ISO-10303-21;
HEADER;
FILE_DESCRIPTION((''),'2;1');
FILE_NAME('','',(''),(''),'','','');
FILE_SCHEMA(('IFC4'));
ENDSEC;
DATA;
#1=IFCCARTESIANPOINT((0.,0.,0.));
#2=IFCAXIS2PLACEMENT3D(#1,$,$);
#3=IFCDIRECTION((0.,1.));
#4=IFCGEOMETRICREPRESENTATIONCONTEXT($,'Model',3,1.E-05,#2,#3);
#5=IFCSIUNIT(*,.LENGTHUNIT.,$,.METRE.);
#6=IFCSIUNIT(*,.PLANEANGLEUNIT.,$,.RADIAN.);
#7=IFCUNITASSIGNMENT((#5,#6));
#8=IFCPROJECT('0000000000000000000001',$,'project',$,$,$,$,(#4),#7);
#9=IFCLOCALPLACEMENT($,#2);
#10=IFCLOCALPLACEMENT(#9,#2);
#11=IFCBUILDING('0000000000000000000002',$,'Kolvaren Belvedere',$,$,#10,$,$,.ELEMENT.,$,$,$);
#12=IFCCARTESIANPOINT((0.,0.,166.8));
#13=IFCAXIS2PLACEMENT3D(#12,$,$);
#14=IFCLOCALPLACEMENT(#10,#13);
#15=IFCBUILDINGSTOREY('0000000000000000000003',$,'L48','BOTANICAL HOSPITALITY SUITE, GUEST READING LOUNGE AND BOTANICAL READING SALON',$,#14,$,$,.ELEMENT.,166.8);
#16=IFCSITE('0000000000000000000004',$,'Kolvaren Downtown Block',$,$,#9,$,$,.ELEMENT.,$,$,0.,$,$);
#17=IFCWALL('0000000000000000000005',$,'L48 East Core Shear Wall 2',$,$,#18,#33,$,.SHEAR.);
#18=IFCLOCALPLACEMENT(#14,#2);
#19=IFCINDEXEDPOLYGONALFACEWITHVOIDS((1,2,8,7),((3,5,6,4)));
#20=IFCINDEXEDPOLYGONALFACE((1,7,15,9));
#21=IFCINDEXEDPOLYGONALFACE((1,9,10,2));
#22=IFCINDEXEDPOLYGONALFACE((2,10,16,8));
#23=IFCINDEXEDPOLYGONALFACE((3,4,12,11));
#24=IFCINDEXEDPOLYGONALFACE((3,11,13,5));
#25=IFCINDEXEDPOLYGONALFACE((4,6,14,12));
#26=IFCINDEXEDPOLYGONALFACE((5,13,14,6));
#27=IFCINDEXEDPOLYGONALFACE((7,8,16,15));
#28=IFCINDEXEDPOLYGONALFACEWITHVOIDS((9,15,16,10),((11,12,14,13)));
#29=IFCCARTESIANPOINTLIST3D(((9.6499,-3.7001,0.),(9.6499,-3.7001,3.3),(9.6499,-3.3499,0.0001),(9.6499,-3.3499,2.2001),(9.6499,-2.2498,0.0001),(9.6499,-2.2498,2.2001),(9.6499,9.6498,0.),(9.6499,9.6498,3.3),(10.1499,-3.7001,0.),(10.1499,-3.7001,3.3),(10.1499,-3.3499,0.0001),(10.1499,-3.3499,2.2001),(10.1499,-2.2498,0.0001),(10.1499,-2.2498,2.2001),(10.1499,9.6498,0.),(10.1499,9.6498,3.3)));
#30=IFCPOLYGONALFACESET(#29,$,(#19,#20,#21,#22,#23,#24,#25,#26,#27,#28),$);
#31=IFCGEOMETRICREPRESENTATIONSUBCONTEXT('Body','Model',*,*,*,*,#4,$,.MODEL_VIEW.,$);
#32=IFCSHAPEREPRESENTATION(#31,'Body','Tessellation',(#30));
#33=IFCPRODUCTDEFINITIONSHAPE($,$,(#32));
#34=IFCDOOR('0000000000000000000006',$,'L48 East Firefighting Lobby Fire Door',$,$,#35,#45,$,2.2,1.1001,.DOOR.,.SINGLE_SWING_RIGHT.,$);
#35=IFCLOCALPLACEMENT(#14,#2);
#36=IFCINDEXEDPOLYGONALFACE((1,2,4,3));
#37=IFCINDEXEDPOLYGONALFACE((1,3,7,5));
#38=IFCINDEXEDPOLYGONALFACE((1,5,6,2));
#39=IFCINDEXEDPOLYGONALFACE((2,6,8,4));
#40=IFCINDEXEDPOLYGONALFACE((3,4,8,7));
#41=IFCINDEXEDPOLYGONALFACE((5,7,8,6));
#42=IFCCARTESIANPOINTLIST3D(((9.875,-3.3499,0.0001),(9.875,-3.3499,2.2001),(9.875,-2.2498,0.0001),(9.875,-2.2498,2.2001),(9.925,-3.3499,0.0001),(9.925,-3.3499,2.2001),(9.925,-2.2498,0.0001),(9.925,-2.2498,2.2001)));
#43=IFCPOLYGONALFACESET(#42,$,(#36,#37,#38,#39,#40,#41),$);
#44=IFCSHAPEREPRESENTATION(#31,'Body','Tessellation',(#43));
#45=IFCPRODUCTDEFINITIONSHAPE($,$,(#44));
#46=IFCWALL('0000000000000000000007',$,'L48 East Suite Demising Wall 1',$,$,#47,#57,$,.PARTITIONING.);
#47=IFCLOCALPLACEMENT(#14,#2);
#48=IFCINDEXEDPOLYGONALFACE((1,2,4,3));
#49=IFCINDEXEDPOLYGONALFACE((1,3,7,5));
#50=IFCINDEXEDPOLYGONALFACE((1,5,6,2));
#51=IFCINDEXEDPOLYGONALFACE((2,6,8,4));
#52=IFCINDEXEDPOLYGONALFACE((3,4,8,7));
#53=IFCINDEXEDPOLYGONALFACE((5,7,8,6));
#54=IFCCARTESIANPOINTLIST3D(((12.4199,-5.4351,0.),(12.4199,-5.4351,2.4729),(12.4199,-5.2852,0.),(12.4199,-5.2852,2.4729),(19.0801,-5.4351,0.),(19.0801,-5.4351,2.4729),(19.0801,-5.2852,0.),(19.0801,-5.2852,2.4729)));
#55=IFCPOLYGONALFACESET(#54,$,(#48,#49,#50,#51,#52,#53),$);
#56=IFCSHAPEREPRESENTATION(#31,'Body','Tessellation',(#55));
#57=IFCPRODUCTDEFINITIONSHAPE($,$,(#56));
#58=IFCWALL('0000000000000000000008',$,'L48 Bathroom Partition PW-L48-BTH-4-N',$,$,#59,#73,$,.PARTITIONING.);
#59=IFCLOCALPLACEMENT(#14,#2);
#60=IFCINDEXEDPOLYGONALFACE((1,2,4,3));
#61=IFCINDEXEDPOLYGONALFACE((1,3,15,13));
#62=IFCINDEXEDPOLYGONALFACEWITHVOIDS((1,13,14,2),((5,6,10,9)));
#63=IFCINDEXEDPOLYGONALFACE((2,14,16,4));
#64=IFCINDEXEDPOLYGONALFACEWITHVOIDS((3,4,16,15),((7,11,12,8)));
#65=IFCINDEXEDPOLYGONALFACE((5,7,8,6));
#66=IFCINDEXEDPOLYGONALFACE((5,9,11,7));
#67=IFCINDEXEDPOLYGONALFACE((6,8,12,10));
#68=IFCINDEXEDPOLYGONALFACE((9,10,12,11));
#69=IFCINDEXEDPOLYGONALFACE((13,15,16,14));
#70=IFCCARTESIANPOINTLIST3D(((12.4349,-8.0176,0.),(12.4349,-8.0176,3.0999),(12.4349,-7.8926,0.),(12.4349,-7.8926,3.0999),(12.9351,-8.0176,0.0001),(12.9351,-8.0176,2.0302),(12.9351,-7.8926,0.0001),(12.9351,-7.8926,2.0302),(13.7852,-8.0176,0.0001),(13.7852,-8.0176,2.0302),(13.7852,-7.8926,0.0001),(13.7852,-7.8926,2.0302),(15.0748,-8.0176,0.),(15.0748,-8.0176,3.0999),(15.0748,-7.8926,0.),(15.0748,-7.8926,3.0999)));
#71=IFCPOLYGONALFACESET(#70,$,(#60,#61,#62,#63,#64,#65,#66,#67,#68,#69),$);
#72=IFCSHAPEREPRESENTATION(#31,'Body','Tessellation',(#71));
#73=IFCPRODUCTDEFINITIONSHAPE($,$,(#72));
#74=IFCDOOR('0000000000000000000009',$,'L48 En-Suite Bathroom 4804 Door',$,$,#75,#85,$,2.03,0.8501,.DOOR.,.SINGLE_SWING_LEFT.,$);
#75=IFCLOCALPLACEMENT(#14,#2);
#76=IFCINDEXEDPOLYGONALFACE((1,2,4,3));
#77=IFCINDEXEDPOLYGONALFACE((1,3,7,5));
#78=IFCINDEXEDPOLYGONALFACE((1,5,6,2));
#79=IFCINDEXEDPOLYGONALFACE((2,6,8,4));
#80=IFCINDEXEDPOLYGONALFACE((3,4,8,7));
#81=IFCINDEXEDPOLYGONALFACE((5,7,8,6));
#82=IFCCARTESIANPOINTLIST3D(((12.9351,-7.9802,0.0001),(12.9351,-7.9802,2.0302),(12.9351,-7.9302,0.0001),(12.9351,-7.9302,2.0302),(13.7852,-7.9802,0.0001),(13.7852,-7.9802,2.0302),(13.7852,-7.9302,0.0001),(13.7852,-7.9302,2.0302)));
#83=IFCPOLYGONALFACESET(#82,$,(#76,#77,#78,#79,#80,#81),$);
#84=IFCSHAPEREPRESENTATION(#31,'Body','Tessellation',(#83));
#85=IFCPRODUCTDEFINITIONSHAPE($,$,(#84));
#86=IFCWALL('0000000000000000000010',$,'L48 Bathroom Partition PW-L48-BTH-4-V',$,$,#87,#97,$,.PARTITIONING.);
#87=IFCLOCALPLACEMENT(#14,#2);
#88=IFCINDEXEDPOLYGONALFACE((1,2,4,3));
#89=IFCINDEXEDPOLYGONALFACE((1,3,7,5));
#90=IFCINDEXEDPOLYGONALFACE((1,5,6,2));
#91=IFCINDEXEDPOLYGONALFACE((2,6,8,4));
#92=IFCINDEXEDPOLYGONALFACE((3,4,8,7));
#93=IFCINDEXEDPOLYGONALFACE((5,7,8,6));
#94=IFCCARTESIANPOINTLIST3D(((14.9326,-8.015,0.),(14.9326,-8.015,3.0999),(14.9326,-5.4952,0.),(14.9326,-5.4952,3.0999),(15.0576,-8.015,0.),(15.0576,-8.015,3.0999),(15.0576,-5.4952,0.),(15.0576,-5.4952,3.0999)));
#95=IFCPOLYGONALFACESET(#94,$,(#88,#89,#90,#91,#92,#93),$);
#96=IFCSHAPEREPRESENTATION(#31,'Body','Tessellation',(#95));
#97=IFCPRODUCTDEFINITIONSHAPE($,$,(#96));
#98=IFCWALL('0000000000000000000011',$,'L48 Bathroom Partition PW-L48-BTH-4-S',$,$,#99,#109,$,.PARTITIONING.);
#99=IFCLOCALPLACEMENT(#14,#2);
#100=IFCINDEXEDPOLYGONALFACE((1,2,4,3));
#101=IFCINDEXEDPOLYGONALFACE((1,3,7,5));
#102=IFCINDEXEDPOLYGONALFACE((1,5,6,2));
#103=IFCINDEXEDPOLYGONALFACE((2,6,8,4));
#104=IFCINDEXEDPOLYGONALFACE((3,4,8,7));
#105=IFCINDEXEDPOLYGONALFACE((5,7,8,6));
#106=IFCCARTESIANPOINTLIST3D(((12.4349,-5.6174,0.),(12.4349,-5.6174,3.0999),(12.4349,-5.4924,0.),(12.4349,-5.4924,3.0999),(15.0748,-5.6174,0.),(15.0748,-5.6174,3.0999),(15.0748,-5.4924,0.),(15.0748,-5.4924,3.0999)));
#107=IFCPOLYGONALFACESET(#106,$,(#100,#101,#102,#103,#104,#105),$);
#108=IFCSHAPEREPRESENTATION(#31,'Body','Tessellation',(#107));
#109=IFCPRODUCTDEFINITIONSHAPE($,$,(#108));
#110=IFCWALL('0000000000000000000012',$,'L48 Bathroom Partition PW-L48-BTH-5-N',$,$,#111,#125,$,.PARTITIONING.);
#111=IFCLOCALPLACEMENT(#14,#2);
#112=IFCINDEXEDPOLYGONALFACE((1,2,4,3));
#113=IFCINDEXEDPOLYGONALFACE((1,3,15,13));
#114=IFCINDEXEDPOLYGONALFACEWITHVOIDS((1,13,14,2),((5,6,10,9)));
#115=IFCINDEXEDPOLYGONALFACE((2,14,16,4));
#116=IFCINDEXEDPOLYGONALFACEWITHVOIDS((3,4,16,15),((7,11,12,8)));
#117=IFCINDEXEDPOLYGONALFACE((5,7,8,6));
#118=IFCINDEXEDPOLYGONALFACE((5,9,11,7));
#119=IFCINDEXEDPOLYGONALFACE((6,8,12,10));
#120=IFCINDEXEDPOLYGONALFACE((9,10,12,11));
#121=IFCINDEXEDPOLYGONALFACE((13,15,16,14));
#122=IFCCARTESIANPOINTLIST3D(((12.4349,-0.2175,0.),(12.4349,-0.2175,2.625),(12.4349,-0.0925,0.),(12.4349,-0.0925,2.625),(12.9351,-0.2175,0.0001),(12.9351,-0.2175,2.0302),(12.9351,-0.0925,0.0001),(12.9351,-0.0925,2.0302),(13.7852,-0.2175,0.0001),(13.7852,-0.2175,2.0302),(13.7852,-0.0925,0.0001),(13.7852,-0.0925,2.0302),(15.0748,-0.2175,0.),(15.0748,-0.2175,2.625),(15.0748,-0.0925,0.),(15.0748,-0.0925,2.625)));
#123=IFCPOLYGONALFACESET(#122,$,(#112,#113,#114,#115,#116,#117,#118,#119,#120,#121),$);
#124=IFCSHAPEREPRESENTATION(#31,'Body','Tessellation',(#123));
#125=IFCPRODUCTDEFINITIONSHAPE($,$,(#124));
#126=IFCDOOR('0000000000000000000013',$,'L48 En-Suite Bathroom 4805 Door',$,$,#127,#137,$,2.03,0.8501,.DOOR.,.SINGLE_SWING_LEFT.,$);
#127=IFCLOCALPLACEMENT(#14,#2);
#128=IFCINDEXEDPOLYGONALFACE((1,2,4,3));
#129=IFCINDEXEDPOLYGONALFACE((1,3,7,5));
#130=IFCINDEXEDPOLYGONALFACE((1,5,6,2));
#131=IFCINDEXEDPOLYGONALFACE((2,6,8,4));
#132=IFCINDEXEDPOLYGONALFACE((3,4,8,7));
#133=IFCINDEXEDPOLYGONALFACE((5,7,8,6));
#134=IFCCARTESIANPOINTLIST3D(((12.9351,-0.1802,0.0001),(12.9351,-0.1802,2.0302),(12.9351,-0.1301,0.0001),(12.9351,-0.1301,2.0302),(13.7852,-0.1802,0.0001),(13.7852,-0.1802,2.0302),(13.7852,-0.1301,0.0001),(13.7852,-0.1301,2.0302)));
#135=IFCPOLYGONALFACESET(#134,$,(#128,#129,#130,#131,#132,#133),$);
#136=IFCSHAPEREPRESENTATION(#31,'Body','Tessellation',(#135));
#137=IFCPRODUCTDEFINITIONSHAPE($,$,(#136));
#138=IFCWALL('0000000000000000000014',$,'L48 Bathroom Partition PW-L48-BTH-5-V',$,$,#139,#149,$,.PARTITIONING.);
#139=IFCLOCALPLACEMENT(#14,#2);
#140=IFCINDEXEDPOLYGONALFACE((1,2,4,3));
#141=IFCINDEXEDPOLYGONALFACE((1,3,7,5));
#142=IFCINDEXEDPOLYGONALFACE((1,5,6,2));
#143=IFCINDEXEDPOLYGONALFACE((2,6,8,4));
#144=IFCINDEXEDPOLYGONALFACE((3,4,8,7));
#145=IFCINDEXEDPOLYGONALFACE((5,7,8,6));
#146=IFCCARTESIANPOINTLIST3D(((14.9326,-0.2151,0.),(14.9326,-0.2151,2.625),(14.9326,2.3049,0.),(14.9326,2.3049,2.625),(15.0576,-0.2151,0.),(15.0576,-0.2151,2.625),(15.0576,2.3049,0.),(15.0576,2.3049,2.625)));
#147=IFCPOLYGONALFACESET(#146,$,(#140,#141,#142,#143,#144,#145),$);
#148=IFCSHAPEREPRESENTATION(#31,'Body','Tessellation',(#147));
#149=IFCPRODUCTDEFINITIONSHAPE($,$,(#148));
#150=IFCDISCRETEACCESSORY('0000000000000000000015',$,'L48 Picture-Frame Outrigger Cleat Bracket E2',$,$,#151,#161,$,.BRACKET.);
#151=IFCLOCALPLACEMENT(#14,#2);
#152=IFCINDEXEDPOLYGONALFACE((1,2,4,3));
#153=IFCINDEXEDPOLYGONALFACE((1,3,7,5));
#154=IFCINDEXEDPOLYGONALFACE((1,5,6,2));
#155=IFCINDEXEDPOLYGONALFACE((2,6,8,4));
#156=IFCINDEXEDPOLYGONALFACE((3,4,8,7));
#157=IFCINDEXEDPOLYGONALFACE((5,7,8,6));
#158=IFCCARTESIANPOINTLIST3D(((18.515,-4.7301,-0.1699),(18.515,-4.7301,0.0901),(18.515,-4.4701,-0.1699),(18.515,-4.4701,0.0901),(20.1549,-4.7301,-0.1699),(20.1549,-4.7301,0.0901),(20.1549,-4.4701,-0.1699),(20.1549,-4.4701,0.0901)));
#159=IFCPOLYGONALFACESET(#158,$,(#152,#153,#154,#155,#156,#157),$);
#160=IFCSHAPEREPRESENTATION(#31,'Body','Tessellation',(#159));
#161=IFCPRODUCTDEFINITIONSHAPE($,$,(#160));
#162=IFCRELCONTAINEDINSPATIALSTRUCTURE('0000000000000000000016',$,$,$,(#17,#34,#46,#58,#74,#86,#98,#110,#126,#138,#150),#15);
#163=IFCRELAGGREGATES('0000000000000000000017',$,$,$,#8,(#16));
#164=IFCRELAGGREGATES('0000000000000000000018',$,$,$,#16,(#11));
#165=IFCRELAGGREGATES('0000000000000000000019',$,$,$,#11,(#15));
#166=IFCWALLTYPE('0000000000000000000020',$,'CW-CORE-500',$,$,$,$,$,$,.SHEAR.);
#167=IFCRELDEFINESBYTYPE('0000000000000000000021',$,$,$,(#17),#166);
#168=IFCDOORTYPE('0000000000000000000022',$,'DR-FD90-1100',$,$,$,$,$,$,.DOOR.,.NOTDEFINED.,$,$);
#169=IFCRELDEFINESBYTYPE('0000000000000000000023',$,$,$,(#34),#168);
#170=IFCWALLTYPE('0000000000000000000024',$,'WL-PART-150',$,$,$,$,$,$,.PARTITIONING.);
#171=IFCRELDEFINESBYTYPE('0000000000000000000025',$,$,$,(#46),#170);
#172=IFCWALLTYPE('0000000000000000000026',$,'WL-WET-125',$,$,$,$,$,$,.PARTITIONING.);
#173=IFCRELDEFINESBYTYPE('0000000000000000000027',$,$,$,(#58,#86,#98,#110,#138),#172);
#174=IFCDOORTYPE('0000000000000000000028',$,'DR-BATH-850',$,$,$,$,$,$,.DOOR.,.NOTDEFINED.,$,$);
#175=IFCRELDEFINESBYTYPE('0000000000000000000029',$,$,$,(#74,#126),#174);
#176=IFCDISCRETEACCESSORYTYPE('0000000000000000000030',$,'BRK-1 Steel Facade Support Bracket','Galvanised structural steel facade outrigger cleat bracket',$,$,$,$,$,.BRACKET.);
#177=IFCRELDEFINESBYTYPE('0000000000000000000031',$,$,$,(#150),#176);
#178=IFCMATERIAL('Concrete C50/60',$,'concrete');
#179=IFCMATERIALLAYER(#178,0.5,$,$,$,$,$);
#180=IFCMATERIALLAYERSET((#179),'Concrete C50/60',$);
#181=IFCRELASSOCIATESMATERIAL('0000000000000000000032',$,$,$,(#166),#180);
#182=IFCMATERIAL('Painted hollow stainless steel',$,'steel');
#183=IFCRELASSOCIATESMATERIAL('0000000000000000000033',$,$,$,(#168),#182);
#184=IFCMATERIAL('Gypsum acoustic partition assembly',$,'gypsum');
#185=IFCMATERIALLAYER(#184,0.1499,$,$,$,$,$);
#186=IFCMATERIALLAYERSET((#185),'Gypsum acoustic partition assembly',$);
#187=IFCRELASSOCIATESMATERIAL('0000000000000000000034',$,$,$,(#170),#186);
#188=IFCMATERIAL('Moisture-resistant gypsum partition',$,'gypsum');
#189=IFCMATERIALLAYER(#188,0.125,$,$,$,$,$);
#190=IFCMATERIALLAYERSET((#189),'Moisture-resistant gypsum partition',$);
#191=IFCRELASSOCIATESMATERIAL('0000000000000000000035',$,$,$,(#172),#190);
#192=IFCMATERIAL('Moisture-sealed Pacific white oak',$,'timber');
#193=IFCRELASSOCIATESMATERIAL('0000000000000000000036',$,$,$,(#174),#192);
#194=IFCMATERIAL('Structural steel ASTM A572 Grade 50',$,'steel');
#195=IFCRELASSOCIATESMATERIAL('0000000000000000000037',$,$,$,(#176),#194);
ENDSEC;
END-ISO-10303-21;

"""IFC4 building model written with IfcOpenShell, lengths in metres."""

from ifc_helpers import new_model, si_unit, direction, frame, frame_2d, origin, origin_2d, place, context, subcontext, project, spatial, rectangle, extrude, material, layer, layer_set, type_object, element, fill, save


model = new_model("IFC4")

# Units and contexts
model_context = context("Model", 3, precision=1e-05, world=origin(), true_north=direction((0.0, 1.0)))
body_context = subcontext(model_context, "Body", "Model", "MODEL_VIEW")
ifc_project = project(units=[si_unit("LENGTHUNIT", "METRE"), si_unit("PLANEANGLEUNIT", "RADIAN")], contexts=[model_context])

# Site, building, storey
site_placement = place(None, origin())
site = spatial("IfcSite", under=ifc_project, at=site_placement, Name="Kolvaren Downtown Block", CompositionType="ELEMENT", RefElevation=0.0)
building_placement = place(site_placement, origin())
building = spatial("IfcBuilding", under=site, at=building_placement, Name="Kolvaren Belvedere", CompositionType="ELEMENT")
storey_placement = place(building_placement, frame((0.0, 0.0, 166.8)))
storey = spatial("IfcBuildingStorey", under=building, at=storey_placement, Name="L48", Description="BOTANICAL HOSPITALITY SUITE, GUEST READING LOUNGE AND BOTANICAL READING SALON", CompositionType="ELEMENT", Elevation=166.8)

# Shared definitions
ifc_material_1 = material(Name="Concrete C50/60", Category="concrete")
ifc_layer_1 = layer(ifc_material_1, 0.5)
ifc_layer_set_1 = layer_set([ifc_layer_1], Name="Concrete C50/60")
wall_type_1 = type_object("IfcWallType", Name="CW-CORE-500", PredefinedType="SHEAR", material=ifc_layer_set_1)

# Wall, opening, door
wall_1_placement = place(storey_placement, frame((9.8999, -3.7, 0.0), z_axis=(0.0, 0.0, 1.0), x_axis=(0.0, 1.0, 0.0)))
wall_1 = element("IfcWall", 1, at=wall_1_placement, inside=storey, type_object=wall_type_1, Name="L48 East Core Shear Wall 2", PredefinedType="SHEAR", context=body_context, shape_type="SweptSolid", body=[
    extrude(rectangle(XDim=13.3499, YDim=0.5, at=frame_2d((6.6748, 0.0))), origin(), (0.0, 0.0, 1.0), 3.3),
])
opening_1_placement = place(wall_1_placement, frame((0.3501, 0.0, 0.0)))
opening_1 = element("IfcOpeningElement", 2, at=opening_1_placement, cuts=wall_1, PredefinedType="OPENING", context=body_context, shape_type="SweptSolid", body=[
    extrude(rectangle(XDim=1.1001, YDim=2.2, at=frame_2d((0.55, 1.1001))), frame((0.0, 0.26, 0.0), z_axis=(0.0, -1.0, 0.0), x_axis=(1.0, 0.0, 0.0)), (0.0, 0.0, 1.0), 0.52),
])
ifc_material_2 = material(Name="Painted hollow stainless steel", Category="steel")
door_type_1 = type_object("IfcDoorType", Name="DR-FD90-1100", OperationType="NOTDEFINED", PredefinedType="DOOR", material=ifc_material_2)
door_1_placement = place(opening_1_placement, origin())
door_1 = element("IfcDoor", 3, at=door_1_placement, inside=storey, type_object=door_type_1, Name="L48 East Firefighting Lobby Fire Door", OperationType="SINGLE_SWING_RIGHT", OverallHeight=2.2, OverallWidth=1.1001, PredefinedType="DOOR", context=body_context, shape_type="SweptSolid", body=[
    extrude(rectangle(XDim=1.1001, YDim=2.2, at=frame_2d((0.55, 1.1001))), frame((0.0, 0.0249, 0.0), z_axis=(0.0, -1.0, 0.0), x_axis=(1.0, 0.0, 0.0)), (0.0, 0.0, 1.0), 0.05),
])
fill(opening_1, door_1)

# Wall
ifc_material_3 = material(Name="Gypsum acoustic partition assembly", Category="gypsum")
ifc_layer_2 = layer(ifc_material_3, 0.1499)
ifc_layer_set_2 = layer_set([ifc_layer_2], Name="Gypsum acoustic partition assembly")
wall_type_2 = type_object("IfcWallType", Name="WL-PART-150", PredefinedType="PARTITIONING", material=ifc_layer_set_2)
wall_2_placement = place(storey_placement, frame((12.4199, -5.3601, 0.0), z_axis=(0.0, 0.0, 1.0), x_axis=(1.0, 0.0, 0.0)))
element("IfcWall", 4, at=wall_2_placement, inside=storey, type_object=wall_type_2, Name="L48 East Suite Demising Wall 1", PredefinedType="PARTITIONING", context=body_context, shape_type="SweptSolid", body=[
    extrude(rectangle(XDim=6.6602, YDim=0.1499, at=frame_2d((3.3301, 0.0))), origin(), (0.0, 0.0, 1.0), 2.4729),
])

# Wall, opening, door
ifc_material_4 = material(Name="Moisture-resistant gypsum partition", Category="gypsum")
ifc_layer_3 = layer(ifc_material_4, 0.125)
ifc_layer_set_3 = layer_set([ifc_layer_3], Name="Moisture-resistant gypsum partition")
wall_type_3 = type_object("IfcWallType", Name="WL-WET-125", PredefinedType="PARTITIONING", material=ifc_layer_set_3)
wall_3_placement = place(storey_placement, frame((12.4351, -7.9551, 0.0), z_axis=(0.0, 0.0, 1.0), x_axis=(1.0, 0.0, 0.0)))
wall_3 = element("IfcWall", 5, at=wall_3_placement, inside=storey, type_object=wall_type_3, Name="L48 Bathroom Partition PW-L48-BTH-4-N", PredefinedType="PARTITIONING", context=body_context, shape_type="SweptSolid", body=[
    extrude(rectangle(XDim=2.6399, YDim=0.125, at=frame_2d((1.3198, 0.0))), origin(), (0.0, 0.0, 1.0), 3.0999),
])
opening_2_placement = place(wall_3_placement, frame((0.5, 0.0, 0.0)))
opening_2 = element("IfcOpeningElement", 6, at=opening_2_placement, cuts=wall_3, PredefinedType="OPENING", context=body_context, shape_type="SweptSolid", body=[
    extrude(rectangle(XDim=0.8501, YDim=2.03, at=frame_2d((0.425, 1.0151))), frame((0.0, 0.0725, 0.0), z_axis=(0.0, -1.0, 0.0), x_axis=(1.0, 0.0, 0.0)), (0.0, 0.0, 1.0), 0.145),
])
ifc_material_5 = material(Name="Moisture-sealed Pacific white oak", Category="timber")
door_type_2 = type_object("IfcDoorType", Name="DR-BATH-850", OperationType="NOTDEFINED", PredefinedType="DOOR", material=ifc_material_5)
door_2_placement = place(opening_2_placement, origin())
door_2 = element("IfcDoor", 7, at=door_2_placement, inside=storey, type_object=door_type_2, Name="L48 En-Suite Bathroom 4804 Door", OperationType="SINGLE_SWING_LEFT", OverallHeight=2.03, OverallWidth=0.8501, PredefinedType="DOOR", context=body_context, shape_type="SweptSolid", body=[
    extrude(rectangle(XDim=0.8501, YDim=2.03, at=frame_2d((0.425, 1.0151))), frame((0.0, 0.0249, 0.0), z_axis=(0.0, -1.0, 0.0), x_axis=(1.0, 0.0, 0.0)), (0.0, 0.0, 1.0), 0.05),
])
fill(opening_2, door_2)

# Walls
wall_4_placement = place(storey_placement, frame((14.9951, -8.0149, 0.0), z_axis=(0.0, 0.0, 1.0), x_axis=(0.0, 1.0, 0.0)))
element("IfcWall", 8, at=wall_4_placement, inside=storey, type_object=wall_type_3, Name="L48 Bathroom Partition PW-L48-BTH-4-V", PredefinedType="PARTITIONING", context=body_context, shape_type="SweptSolid", body=[
    extrude(rectangle(XDim=2.5198, YDim=0.125, at=frame_2d((1.2598, 0.0))), origin(), (0.0, 0.0, 1.0), 3.0999),
])
wall_5_placement = place(storey_placement, frame((12.4351, -5.5549, 0.0), z_axis=(0.0, 0.0, 1.0), x_axis=(1.0, 0.0, 0.0)))
element("IfcWall", 9, at=wall_5_placement, inside=storey, type_object=wall_type_3, Name="L48 Bathroom Partition PW-L48-BTH-4-S", PredefinedType="PARTITIONING", context=body_context, shape_type="SweptSolid", body=[
    extrude(rectangle(XDim=2.6399, YDim=0.125, at=frame_2d((1.3198, 0.0))), origin(), (0.0, 0.0, 1.0), 3.0999),
])

# Wall, opening, door
wall_6_placement = place(storey_placement, frame((12.4351, -0.155, 0.0), z_axis=(0.0, 0.0, 1.0), x_axis=(1.0, 0.0, 0.0)))
wall_6 = element("IfcWall", 10, at=wall_6_placement, inside=storey, type_object=wall_type_3, Name="L48 Bathroom Partition PW-L48-BTH-5-N", PredefinedType="PARTITIONING", context=body_context, shape_type="SweptSolid", body=[
    extrude(rectangle(XDim=2.6399, YDim=0.125, at=frame_2d((1.3198, 0.0))), origin(), (0.0, 0.0, 1.0), 2.625),
])
opening_3_placement = place(wall_6_placement, frame((0.5, 0.0, 0.0)))
opening_3 = element("IfcOpeningElement", 11, at=opening_3_placement, cuts=wall_6, PredefinedType="OPENING", context=body_context, shape_type="SweptSolid", body=[
    extrude(rectangle(XDim=0.8501, YDim=2.03, at=frame_2d((0.425, 1.0151))), frame((0.0, 0.0725, 0.0), z_axis=(0.0, -1.0, 0.0), x_axis=(1.0, 0.0, 0.0)), (0.0, 0.0, 1.0), 0.145),
])
door_3_placement = place(opening_3_placement, origin())
door_3 = element("IfcDoor", 12, at=door_3_placement, inside=storey, type_object=door_type_2, Name="L48 En-Suite Bathroom 4805 Door", OperationType="SINGLE_SWING_LEFT", OverallHeight=2.03, OverallWidth=0.8501, PredefinedType="DOOR", context=body_context, shape_type="SweptSolid", body=[
    extrude(rectangle(XDim=0.8501, YDim=2.03, at=frame_2d((0.425, 1.0151))), frame((0.0, 0.0249, 0.0), z_axis=(0.0, -1.0, 0.0), x_axis=(1.0, 0.0, 0.0)), (0.0, 0.0, 1.0), 0.05),
])
fill(opening_3, door_3)

# Wall
wall_7_placement = place(storey_placement, frame((14.9951, -0.2151, 0.0), z_axis=(0.0, 0.0, 1.0), x_axis=(0.0, 1.0, 0.0)))
element("IfcWall", 13, at=wall_7_placement, inside=storey, type_object=wall_type_3, Name="L48 Bathroom Partition PW-L48-BTH-5-V", PredefinedType="PARTITIONING", context=body_context, shape_type="SweptSolid", body=[
    extrude(rectangle(XDim=2.52, YDim=0.125, at=frame_2d((1.26, 0.0))), origin(), (0.0, 0.0, 1.0), 2.625),
])

# Discrete accessory
ifc_material_6 = material(Name="Structural steel ASTM A572 Grade 50", Category="steel")
discrete_accessory_type = type_object("IfcDiscreteAccessoryType", Name="BRK-1 Steel Facade Support Bracket", Description="Galvanised structural steel facade outrigger cleat bracket", PredefinedType="BRACKET", material=ifc_material_6)
discrete_accessory_placement = place(storey_placement, frame((19.335, -4.6001, -0.1699), z_axis=(0.0, 0.0, 1.0), x_axis=(1.0, 0.0, 0.0)))
element("IfcDiscreteAccessory", 14, at=discrete_accessory_placement, inside=storey, type_object=discrete_accessory_type, Name="L48 Picture-Frame Outrigger Cleat Bracket E2", PredefinedType="BRACKET", context=body_context, shape_type="SweptSolid", body=[
    extrude(rectangle(XDim=1.6399, YDim=0.26, at=origin_2d()), origin(), (0.0, 0.0, 1.0), 0.26),
])

save(model, "model.ifc")
